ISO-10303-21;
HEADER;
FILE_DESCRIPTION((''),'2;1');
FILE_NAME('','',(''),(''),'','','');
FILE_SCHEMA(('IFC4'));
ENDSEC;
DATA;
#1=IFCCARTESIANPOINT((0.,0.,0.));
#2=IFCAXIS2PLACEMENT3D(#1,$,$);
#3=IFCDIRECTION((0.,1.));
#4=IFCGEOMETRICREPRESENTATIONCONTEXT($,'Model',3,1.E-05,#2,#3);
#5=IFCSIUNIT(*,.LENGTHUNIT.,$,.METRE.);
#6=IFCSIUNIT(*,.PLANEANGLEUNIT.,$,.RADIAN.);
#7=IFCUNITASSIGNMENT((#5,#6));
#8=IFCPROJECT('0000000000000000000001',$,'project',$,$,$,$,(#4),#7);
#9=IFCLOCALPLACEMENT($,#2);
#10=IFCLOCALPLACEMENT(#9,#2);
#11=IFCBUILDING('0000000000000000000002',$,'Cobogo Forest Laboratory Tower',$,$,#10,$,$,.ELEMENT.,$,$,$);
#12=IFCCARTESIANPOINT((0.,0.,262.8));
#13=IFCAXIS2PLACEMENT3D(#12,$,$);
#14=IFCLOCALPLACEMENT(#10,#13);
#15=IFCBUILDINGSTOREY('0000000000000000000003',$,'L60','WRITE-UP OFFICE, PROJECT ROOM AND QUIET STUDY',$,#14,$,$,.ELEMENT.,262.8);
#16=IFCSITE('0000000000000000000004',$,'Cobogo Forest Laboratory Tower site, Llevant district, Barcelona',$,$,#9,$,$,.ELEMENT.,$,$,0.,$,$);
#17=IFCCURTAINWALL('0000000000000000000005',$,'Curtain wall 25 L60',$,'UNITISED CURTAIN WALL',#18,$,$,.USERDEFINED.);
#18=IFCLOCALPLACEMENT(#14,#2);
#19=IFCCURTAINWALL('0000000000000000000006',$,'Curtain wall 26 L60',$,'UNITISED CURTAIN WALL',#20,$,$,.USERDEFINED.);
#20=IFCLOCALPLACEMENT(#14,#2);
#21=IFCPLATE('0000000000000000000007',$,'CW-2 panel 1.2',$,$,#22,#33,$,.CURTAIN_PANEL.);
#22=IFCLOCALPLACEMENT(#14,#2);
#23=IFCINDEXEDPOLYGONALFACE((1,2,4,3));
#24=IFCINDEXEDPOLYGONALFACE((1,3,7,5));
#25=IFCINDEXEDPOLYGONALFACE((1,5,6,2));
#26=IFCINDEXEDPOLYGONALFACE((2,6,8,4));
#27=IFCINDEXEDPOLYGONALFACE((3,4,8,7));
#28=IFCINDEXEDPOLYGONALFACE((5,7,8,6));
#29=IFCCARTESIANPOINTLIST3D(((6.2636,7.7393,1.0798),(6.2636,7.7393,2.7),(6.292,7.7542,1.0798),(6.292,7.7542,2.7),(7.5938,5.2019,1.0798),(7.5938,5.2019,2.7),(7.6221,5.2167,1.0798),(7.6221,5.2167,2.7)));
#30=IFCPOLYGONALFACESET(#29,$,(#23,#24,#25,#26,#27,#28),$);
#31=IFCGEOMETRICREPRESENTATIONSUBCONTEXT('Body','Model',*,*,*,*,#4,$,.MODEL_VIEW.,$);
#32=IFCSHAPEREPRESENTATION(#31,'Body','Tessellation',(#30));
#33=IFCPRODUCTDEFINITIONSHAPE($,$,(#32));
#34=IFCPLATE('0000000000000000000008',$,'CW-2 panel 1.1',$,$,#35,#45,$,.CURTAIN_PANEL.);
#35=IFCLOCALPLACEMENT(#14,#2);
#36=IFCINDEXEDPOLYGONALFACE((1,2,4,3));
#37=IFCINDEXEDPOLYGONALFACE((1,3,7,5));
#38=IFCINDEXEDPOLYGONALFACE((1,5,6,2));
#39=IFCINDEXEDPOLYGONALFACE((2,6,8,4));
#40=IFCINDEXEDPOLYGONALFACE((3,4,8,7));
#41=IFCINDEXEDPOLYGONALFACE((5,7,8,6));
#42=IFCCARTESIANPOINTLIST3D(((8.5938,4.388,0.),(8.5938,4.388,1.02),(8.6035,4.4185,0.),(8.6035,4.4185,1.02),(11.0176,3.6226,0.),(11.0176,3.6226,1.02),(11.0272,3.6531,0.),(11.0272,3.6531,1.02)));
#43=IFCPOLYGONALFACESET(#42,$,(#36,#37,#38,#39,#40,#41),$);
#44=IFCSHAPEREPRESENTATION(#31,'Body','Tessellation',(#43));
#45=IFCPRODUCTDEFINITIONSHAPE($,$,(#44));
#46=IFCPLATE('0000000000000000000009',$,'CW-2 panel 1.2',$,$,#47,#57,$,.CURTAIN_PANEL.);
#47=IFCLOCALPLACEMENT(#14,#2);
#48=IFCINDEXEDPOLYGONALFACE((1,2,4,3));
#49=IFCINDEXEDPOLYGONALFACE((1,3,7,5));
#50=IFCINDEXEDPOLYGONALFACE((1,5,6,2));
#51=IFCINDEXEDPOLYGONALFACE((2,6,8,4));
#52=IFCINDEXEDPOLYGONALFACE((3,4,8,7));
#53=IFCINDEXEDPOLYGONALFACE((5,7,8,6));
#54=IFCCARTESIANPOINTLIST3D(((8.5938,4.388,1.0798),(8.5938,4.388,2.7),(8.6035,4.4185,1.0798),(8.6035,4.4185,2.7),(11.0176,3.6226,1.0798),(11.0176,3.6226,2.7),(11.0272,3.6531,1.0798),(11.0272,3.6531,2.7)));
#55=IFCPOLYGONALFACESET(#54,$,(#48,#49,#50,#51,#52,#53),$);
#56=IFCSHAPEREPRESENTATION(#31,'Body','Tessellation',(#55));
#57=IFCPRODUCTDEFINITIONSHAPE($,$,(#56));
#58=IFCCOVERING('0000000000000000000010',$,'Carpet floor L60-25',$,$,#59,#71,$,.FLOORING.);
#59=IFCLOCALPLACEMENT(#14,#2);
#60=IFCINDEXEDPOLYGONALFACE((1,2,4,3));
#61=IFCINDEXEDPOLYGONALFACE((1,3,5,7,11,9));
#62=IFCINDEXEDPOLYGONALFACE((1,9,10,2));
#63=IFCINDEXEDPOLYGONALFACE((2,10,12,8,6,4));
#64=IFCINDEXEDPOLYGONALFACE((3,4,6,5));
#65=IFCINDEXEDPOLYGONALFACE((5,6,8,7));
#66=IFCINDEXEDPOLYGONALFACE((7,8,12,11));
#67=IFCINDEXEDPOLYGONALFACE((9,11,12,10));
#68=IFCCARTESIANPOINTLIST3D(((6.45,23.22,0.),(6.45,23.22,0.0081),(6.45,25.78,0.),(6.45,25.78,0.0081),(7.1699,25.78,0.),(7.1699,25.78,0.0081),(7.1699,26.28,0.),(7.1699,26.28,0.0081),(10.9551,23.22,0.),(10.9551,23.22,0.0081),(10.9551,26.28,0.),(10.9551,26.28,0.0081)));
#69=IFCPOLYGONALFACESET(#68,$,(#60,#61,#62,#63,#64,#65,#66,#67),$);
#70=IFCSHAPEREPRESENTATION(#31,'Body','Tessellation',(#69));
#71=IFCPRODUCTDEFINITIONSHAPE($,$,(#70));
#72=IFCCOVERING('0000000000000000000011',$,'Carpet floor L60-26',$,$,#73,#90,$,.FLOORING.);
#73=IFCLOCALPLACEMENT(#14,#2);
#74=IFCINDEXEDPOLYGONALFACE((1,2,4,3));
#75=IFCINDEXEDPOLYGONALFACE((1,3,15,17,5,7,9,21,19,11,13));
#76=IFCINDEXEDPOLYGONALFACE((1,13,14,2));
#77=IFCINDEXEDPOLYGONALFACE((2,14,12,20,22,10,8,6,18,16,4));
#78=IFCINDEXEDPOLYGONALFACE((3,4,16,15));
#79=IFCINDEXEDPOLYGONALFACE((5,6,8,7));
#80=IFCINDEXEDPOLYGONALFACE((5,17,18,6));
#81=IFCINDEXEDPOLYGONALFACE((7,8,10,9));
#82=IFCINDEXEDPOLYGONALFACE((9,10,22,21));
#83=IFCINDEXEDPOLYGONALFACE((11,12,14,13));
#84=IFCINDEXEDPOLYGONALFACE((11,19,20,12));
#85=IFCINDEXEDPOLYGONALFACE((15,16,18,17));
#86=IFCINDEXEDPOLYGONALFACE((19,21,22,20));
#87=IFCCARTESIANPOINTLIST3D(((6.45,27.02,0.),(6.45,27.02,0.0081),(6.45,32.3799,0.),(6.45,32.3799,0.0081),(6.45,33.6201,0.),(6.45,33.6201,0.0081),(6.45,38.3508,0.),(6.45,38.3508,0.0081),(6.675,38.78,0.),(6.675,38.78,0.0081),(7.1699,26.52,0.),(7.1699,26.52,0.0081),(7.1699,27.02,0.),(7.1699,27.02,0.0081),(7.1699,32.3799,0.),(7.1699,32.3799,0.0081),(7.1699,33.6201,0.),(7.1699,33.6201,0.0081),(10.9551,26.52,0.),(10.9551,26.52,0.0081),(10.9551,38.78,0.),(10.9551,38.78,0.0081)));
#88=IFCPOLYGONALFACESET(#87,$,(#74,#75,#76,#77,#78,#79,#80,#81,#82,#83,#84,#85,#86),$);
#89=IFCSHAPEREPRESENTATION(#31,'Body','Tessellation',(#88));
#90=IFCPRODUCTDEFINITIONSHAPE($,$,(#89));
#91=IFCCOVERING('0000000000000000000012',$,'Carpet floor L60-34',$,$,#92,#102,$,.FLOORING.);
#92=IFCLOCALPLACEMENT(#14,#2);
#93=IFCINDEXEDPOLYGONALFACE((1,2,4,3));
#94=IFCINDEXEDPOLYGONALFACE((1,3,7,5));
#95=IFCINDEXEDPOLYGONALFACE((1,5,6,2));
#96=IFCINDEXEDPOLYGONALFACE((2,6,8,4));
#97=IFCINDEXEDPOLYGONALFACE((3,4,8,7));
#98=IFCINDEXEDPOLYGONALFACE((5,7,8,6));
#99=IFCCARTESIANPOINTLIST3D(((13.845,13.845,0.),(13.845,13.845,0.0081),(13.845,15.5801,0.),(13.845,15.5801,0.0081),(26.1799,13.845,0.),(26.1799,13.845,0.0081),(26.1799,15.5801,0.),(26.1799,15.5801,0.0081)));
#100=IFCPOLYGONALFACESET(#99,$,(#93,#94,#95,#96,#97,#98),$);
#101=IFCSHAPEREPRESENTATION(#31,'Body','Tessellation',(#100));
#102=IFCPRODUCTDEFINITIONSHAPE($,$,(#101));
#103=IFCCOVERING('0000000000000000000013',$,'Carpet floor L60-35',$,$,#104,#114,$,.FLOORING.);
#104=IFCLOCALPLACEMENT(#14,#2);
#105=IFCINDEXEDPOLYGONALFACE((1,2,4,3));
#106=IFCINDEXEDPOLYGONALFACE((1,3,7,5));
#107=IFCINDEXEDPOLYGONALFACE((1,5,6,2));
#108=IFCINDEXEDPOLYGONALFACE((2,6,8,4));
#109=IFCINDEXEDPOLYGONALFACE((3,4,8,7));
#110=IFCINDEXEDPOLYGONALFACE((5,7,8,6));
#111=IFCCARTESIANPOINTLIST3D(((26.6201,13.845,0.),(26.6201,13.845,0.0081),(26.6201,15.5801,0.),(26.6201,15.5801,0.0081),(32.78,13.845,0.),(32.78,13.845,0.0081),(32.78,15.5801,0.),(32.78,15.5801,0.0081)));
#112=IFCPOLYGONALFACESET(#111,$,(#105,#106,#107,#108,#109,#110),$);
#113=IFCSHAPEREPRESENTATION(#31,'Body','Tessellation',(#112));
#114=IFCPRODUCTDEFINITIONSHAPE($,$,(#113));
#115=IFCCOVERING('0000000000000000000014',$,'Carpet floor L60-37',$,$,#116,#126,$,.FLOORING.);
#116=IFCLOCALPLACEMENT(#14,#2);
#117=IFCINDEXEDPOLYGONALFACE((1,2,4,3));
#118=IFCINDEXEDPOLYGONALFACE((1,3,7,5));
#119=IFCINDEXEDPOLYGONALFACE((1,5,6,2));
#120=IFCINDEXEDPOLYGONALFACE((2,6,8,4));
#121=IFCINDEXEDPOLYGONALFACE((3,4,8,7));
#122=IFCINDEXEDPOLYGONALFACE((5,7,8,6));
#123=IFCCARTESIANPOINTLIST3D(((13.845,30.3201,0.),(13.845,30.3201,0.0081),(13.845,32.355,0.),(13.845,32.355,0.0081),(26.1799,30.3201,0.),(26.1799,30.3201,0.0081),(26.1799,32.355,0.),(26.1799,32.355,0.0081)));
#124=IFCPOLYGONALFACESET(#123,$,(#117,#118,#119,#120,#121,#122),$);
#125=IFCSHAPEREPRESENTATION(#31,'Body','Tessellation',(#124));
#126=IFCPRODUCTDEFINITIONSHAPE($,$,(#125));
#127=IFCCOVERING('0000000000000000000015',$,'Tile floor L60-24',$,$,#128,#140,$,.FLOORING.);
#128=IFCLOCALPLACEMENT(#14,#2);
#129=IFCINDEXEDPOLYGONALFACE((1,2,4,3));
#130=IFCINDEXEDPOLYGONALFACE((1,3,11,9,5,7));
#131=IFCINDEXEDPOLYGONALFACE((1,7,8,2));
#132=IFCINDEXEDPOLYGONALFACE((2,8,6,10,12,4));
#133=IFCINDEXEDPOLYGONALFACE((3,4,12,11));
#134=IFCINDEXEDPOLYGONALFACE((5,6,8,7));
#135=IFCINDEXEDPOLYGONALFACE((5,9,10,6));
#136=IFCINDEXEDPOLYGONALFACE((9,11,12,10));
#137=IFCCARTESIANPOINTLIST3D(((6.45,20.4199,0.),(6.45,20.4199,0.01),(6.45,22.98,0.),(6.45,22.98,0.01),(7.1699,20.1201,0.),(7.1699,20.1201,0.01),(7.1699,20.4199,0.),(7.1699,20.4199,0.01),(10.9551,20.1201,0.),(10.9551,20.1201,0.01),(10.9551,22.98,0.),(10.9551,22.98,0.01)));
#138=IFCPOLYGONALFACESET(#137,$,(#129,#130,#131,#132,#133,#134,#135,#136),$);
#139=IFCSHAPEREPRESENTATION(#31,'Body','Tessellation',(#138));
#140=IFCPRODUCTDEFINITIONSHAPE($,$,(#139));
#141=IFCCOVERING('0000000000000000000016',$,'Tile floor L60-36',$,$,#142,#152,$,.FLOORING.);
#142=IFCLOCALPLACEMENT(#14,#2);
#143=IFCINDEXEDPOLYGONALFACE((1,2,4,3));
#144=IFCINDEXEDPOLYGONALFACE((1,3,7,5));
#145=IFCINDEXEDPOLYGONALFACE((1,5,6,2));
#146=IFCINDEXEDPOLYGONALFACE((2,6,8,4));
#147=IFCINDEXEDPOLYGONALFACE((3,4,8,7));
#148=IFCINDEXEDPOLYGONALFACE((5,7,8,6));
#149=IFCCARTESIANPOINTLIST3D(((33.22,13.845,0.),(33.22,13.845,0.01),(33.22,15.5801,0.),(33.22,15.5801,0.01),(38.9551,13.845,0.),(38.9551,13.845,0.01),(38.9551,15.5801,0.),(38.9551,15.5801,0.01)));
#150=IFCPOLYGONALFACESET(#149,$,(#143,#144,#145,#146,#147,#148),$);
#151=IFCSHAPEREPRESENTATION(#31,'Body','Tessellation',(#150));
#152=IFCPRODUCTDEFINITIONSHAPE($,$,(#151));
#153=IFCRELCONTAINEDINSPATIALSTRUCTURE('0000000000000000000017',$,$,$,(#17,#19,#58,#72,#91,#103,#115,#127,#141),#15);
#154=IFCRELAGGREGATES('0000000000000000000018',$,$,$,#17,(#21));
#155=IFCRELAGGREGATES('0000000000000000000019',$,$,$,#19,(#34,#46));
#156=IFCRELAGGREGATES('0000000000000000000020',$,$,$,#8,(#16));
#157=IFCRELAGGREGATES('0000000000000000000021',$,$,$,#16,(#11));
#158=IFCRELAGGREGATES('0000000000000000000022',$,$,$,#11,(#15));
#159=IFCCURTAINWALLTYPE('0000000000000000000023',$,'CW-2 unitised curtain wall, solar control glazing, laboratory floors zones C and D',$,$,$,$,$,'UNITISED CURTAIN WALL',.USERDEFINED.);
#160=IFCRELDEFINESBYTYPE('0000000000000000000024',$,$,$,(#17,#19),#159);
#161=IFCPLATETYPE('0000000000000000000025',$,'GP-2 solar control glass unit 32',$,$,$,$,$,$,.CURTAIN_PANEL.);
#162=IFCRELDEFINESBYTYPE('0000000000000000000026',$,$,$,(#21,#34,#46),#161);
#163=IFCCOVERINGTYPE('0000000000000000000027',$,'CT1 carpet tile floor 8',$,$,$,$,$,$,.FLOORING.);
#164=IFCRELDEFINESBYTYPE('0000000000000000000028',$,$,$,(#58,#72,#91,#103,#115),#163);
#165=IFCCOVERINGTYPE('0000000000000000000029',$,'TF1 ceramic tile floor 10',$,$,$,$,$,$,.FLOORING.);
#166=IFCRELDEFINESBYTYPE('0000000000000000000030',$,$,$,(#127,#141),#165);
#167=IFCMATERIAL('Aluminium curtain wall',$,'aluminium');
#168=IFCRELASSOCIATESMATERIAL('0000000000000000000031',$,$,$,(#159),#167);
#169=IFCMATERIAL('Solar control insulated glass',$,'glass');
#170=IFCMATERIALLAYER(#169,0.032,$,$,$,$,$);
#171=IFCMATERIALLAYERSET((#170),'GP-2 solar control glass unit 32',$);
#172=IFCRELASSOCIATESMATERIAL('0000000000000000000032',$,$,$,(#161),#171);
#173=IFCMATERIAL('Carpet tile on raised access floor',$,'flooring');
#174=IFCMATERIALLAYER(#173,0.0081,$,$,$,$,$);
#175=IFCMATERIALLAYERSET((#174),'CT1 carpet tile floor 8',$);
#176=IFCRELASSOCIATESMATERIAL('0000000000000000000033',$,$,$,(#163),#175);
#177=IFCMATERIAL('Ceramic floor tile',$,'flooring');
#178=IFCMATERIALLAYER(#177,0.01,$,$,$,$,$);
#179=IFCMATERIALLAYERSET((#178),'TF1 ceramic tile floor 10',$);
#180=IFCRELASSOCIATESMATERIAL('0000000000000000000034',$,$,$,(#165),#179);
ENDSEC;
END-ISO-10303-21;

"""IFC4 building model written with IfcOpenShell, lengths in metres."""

from ifc_helpers import new_model, si_unit, direction, frame, origin, origin_2d, place, context, subcontext, project, spatial, polyline, rectangle, outline, extrude, material, layer, layer_set, type_object, element, aggregate, save


model = new_model("IFC4")

# Units and contexts
model_context = context("Model", 3, precision=1e-05, world=origin(), true_north=direction((0.0, 1.0)))
body_context = subcontext(model_context, "Body", "Model", "MODEL_VIEW")
ifc_project = project(units=[si_unit("LENGTHUNIT", "METRE"), si_unit("PLANEANGLEUNIT", "RADIAN")], contexts=[model_context])

# Site, building, storey
site_placement = place(None, origin())
site = spatial("IfcSite", under=ifc_project, at=site_placement, Name="Cobogo Forest Laboratory Tower site, Llevant district, Barcelona", CompositionType="ELEMENT", RefElevation=0.0)
building_placement = place(site_placement, origin())
building = spatial("IfcBuilding", under=site, at=building_placement, Name="Cobogo Forest Laboratory Tower", CompositionType="ELEMENT")
storey_placement = place(building_placement, frame((0.0, 0.0, 262.8)))
storey = spatial("IfcBuildingStorey", under=building, at=storey_placement, Name="L60", Description="WRITE-UP OFFICE, PROJECT ROOM AND QUIET STUDY", CompositionType="ELEMENT", Elevation=262.8)

# Curtain wall
ifc_material_1 = material(Name="Aluminium curtain wall", Category="aluminium")
curtain_wall_type = type_object("IfcCurtainWallType", Name="CW-2 unitised curtain wall, solar control glazing, laboratory floors zones C and D", ElementType="UNITISED CURTAIN WALL", PredefinedType="USERDEFINED", material=ifc_material_1)
curtain_wall_1_placement = place(storey_placement, origin())
curtain_wall_1 = element("IfcCurtainWall", 1, at=curtain_wall_1_placement, inside=storey, type_object=curtain_wall_type, Name="Curtain wall 25 L60", ObjectType="UNITISED CURTAIN WALL", PredefinedType="USERDEFINED")

# Curtain wall
curtain_wall_2_placement = place(storey_placement, origin())
curtain_wall_2 = element("IfcCurtainWall", 2, at=curtain_wall_2_placement, inside=storey, type_object=curtain_wall_type, Name="Curtain wall 26 L60", ObjectType="UNITISED CURTAIN WALL", PredefinedType="USERDEFINED")

# Plates
ifc_material_2 = material(Name="Solar control insulated glass", Category="glass")
ifc_layer_1 = layer(ifc_material_2, 0.032)
ifc_layer_set_1 = layer_set([ifc_layer_1], Name="GP-2 solar control glass unit 32")
plate_type = type_object("IfcPlateType", Name="GP-2 solar control glass unit 32", PredefinedType="CURTAIN_PANEL", material=ifc_layer_set_1)
plate_1_placement = place(storey_placement, frame((6.9429, 6.478, 1.0798), z_axis=(0.0, 0.0, 1.0), x_axis=(0.464284, -0.885686, 0.0)))
plate_1 = element("IfcPlate", 3, at=plate_1_placement, type_object=plate_type, Name="CW-2 panel 1.2", PredefinedType="CURTAIN_PANEL", context=body_context, shape_type="SweptSolid", body=[
    extrude(rectangle(XDim=2.865, YDim=0.032, at=origin_2d()), origin(), (0.0, 0.0, 1.0), 1.6201),
])
aggregate(curtain_wall_1, [plate_1])
plate_2_placement = place(storey_placement, frame((9.8105, 4.0205, 0.0), z_axis=(0.0, 0.0, 1.0), x_axis=(0.953581, -0.301135, 0.0)))
plate_2 = element("IfcPlate", 4, at=plate_2_placement, type_object=plate_type, Name="CW-2 panel 1.1", PredefinedType="CURTAIN_PANEL", context=body_context, shape_type="SweptSolid", body=[
    extrude(rectangle(XDim=2.5417, YDim=0.032, at=origin_2d()), origin(), (0.0, 0.0, 1.0), 1.02),
])
plate_3_placement = place(storey_placement, frame((9.8105, 4.0205, 1.0798), z_axis=(0.0, 0.0, 1.0), x_axis=(0.953581, -0.301135, 0.0)))
plate_3 = element("IfcPlate", 5, at=plate_3_placement, type_object=plate_type, Name="CW-2 panel 1.2", PredefinedType="CURTAIN_PANEL", context=body_context, shape_type="SweptSolid", body=[
    extrude(rectangle(XDim=2.5417, YDim=0.032, at=origin_2d()), origin(), (0.0, 0.0, 1.0), 1.6201),
])
aggregate(curtain_wall_2, [plate_2, plate_3])

# Coverings
ifc_material_3 = material(Name="Carpet tile on raised access floor", Category="flooring")
ifc_layer_2 = layer(ifc_material_3, 0.0081)
ifc_layer_set_2 = layer_set([ifc_layer_2], Name="CT1 carpet tile floor 8")
covering_type_1 = type_object("IfcCoveringType", Name="CT1 carpet tile floor 8", PredefinedType="FLOORING", material=ifc_layer_set_2)
covering_1_placement = place(storey_placement, origin())
element("IfcCovering", 6, at=covering_1_placement, inside=storey, type_object=covering_type_1, Name="Carpet floor L60-25", PredefinedType="FLOORING", context=body_context, shape_type="SweptSolid", body=[
    extrude(outline(polyline([(10.9551, 23.22), (6.45, 23.22), (6.45, 25.78), (7.1699, 25.78), (7.1699, 26.28), (10.9551, 26.28), (10.9551, 23.22)])), origin(), (0.0, 0.0, 1.0), 0.0081),
])
covering_2_placement = place(storey_placement, origin())
element("IfcCovering", 7, at=covering_2_placement, inside=storey, type_object=covering_type_1, Name="Carpet floor L60-26", PredefinedType="FLOORING", context=body_context, shape_type="SweptSolid", body=[
    extrude(outline(polyline([(10.9551, 26.52), (7.1699, 26.52), (7.1699, 27.02), (6.45, 27.02), (6.45, 32.3799), (7.1699, 32.3799), (7.1699, 33.6201), (6.45, 33.6201), (6.45, 38.3508), (6.675, 38.78), (10.9551, 38.78), (10.9551, 26.52)])), origin(), (0.0, 0.0, 1.0), 0.0081),
])
covering_3_placement = place(storey_placement, origin())
element("IfcCovering", 8, at=covering_3_placement, inside=storey, type_object=covering_type_1, Name="Carpet floor L60-34", PredefinedType="FLOORING", context=body_context, shape_type="SweptSolid", body=[
    extrude(outline(polyline([(26.1799, 13.845), (13.845, 13.845), (13.845, 15.5801), (26.1799, 15.5801), (26.1799, 13.845)])), origin(), (0.0, 0.0, 1.0), 0.0081),
])
covering_4_placement = place(storey_placement, origin())
element("IfcCovering", 9, at=covering_4_placement, inside=storey, type_object=covering_type_1, Name="Carpet floor L60-35", PredefinedType="FLOORING", context=body_context, shape_type="SweptSolid", body=[
    extrude(outline(polyline([(32.78, 13.845), (26.6201, 13.845), (26.6201, 15.5801), (32.78, 15.5801), (32.78, 13.845)])), origin(), (0.0, 0.0, 1.0), 0.0081),
])
covering_5_placement = place(storey_placement, origin())
element("IfcCovering", 10, at=covering_5_placement, inside=storey, type_object=covering_type_1, Name="Carpet floor L60-37", PredefinedType="FLOORING", context=body_context, shape_type="SweptSolid", body=[
    extrude(outline(polyline([(26.1799, 30.3201), (13.845, 30.3201), (13.845, 32.355), (26.1799, 32.355), (26.1799, 30.3201)])), origin(), (0.0, 0.0, 1.0), 0.0081),
])
ifc_material_4 = material(Name="Ceramic floor tile", Category="flooring")
ifc_layer_3 = layer(ifc_material_4, 0.01)
ifc_layer_set_3 = layer_set([ifc_layer_3], Name="TF1 ceramic tile floor 10")
covering_type_2 = type_object("IfcCoveringType", Name="TF1 ceramic tile floor 10", PredefinedType="FLOORING", material=ifc_layer_set_3)
covering_6_placement = place(storey_placement, origin())
element("IfcCovering", 11, at=covering_6_placement, inside=storey, type_object=covering_type_2, Name="Tile floor L60-24", PredefinedType="FLOORING", context=body_context, shape_type="SweptSolid", body=[
    extrude(outline(polyline([(10.9551, 20.1201), (7.1699, 20.1201), (7.1699, 20.4199), (6.45, 20.4199), (6.45, 22.98), (10.9551, 22.98), (10.9551, 20.1201)])), origin(), (0.0, 0.0, 1.0), 0.01),
])
covering_7_placement = place(storey_placement, origin())
element("IfcCovering", 12, at=covering_7_placement, inside=storey, type_object=covering_type_2, Name="Tile floor L60-36", PredefinedType="FLOORING", context=body_context, shape_type="SweptSolid", body=[
    extrude(outline(polyline([(38.9551, 13.845), (33.22, 13.845), (33.22, 15.5801), (38.9551, 15.5801), (38.9551, 13.845)])), origin(), (0.0, 0.0, 1.0), 0.01),
])

save(model, "model.ifc")
